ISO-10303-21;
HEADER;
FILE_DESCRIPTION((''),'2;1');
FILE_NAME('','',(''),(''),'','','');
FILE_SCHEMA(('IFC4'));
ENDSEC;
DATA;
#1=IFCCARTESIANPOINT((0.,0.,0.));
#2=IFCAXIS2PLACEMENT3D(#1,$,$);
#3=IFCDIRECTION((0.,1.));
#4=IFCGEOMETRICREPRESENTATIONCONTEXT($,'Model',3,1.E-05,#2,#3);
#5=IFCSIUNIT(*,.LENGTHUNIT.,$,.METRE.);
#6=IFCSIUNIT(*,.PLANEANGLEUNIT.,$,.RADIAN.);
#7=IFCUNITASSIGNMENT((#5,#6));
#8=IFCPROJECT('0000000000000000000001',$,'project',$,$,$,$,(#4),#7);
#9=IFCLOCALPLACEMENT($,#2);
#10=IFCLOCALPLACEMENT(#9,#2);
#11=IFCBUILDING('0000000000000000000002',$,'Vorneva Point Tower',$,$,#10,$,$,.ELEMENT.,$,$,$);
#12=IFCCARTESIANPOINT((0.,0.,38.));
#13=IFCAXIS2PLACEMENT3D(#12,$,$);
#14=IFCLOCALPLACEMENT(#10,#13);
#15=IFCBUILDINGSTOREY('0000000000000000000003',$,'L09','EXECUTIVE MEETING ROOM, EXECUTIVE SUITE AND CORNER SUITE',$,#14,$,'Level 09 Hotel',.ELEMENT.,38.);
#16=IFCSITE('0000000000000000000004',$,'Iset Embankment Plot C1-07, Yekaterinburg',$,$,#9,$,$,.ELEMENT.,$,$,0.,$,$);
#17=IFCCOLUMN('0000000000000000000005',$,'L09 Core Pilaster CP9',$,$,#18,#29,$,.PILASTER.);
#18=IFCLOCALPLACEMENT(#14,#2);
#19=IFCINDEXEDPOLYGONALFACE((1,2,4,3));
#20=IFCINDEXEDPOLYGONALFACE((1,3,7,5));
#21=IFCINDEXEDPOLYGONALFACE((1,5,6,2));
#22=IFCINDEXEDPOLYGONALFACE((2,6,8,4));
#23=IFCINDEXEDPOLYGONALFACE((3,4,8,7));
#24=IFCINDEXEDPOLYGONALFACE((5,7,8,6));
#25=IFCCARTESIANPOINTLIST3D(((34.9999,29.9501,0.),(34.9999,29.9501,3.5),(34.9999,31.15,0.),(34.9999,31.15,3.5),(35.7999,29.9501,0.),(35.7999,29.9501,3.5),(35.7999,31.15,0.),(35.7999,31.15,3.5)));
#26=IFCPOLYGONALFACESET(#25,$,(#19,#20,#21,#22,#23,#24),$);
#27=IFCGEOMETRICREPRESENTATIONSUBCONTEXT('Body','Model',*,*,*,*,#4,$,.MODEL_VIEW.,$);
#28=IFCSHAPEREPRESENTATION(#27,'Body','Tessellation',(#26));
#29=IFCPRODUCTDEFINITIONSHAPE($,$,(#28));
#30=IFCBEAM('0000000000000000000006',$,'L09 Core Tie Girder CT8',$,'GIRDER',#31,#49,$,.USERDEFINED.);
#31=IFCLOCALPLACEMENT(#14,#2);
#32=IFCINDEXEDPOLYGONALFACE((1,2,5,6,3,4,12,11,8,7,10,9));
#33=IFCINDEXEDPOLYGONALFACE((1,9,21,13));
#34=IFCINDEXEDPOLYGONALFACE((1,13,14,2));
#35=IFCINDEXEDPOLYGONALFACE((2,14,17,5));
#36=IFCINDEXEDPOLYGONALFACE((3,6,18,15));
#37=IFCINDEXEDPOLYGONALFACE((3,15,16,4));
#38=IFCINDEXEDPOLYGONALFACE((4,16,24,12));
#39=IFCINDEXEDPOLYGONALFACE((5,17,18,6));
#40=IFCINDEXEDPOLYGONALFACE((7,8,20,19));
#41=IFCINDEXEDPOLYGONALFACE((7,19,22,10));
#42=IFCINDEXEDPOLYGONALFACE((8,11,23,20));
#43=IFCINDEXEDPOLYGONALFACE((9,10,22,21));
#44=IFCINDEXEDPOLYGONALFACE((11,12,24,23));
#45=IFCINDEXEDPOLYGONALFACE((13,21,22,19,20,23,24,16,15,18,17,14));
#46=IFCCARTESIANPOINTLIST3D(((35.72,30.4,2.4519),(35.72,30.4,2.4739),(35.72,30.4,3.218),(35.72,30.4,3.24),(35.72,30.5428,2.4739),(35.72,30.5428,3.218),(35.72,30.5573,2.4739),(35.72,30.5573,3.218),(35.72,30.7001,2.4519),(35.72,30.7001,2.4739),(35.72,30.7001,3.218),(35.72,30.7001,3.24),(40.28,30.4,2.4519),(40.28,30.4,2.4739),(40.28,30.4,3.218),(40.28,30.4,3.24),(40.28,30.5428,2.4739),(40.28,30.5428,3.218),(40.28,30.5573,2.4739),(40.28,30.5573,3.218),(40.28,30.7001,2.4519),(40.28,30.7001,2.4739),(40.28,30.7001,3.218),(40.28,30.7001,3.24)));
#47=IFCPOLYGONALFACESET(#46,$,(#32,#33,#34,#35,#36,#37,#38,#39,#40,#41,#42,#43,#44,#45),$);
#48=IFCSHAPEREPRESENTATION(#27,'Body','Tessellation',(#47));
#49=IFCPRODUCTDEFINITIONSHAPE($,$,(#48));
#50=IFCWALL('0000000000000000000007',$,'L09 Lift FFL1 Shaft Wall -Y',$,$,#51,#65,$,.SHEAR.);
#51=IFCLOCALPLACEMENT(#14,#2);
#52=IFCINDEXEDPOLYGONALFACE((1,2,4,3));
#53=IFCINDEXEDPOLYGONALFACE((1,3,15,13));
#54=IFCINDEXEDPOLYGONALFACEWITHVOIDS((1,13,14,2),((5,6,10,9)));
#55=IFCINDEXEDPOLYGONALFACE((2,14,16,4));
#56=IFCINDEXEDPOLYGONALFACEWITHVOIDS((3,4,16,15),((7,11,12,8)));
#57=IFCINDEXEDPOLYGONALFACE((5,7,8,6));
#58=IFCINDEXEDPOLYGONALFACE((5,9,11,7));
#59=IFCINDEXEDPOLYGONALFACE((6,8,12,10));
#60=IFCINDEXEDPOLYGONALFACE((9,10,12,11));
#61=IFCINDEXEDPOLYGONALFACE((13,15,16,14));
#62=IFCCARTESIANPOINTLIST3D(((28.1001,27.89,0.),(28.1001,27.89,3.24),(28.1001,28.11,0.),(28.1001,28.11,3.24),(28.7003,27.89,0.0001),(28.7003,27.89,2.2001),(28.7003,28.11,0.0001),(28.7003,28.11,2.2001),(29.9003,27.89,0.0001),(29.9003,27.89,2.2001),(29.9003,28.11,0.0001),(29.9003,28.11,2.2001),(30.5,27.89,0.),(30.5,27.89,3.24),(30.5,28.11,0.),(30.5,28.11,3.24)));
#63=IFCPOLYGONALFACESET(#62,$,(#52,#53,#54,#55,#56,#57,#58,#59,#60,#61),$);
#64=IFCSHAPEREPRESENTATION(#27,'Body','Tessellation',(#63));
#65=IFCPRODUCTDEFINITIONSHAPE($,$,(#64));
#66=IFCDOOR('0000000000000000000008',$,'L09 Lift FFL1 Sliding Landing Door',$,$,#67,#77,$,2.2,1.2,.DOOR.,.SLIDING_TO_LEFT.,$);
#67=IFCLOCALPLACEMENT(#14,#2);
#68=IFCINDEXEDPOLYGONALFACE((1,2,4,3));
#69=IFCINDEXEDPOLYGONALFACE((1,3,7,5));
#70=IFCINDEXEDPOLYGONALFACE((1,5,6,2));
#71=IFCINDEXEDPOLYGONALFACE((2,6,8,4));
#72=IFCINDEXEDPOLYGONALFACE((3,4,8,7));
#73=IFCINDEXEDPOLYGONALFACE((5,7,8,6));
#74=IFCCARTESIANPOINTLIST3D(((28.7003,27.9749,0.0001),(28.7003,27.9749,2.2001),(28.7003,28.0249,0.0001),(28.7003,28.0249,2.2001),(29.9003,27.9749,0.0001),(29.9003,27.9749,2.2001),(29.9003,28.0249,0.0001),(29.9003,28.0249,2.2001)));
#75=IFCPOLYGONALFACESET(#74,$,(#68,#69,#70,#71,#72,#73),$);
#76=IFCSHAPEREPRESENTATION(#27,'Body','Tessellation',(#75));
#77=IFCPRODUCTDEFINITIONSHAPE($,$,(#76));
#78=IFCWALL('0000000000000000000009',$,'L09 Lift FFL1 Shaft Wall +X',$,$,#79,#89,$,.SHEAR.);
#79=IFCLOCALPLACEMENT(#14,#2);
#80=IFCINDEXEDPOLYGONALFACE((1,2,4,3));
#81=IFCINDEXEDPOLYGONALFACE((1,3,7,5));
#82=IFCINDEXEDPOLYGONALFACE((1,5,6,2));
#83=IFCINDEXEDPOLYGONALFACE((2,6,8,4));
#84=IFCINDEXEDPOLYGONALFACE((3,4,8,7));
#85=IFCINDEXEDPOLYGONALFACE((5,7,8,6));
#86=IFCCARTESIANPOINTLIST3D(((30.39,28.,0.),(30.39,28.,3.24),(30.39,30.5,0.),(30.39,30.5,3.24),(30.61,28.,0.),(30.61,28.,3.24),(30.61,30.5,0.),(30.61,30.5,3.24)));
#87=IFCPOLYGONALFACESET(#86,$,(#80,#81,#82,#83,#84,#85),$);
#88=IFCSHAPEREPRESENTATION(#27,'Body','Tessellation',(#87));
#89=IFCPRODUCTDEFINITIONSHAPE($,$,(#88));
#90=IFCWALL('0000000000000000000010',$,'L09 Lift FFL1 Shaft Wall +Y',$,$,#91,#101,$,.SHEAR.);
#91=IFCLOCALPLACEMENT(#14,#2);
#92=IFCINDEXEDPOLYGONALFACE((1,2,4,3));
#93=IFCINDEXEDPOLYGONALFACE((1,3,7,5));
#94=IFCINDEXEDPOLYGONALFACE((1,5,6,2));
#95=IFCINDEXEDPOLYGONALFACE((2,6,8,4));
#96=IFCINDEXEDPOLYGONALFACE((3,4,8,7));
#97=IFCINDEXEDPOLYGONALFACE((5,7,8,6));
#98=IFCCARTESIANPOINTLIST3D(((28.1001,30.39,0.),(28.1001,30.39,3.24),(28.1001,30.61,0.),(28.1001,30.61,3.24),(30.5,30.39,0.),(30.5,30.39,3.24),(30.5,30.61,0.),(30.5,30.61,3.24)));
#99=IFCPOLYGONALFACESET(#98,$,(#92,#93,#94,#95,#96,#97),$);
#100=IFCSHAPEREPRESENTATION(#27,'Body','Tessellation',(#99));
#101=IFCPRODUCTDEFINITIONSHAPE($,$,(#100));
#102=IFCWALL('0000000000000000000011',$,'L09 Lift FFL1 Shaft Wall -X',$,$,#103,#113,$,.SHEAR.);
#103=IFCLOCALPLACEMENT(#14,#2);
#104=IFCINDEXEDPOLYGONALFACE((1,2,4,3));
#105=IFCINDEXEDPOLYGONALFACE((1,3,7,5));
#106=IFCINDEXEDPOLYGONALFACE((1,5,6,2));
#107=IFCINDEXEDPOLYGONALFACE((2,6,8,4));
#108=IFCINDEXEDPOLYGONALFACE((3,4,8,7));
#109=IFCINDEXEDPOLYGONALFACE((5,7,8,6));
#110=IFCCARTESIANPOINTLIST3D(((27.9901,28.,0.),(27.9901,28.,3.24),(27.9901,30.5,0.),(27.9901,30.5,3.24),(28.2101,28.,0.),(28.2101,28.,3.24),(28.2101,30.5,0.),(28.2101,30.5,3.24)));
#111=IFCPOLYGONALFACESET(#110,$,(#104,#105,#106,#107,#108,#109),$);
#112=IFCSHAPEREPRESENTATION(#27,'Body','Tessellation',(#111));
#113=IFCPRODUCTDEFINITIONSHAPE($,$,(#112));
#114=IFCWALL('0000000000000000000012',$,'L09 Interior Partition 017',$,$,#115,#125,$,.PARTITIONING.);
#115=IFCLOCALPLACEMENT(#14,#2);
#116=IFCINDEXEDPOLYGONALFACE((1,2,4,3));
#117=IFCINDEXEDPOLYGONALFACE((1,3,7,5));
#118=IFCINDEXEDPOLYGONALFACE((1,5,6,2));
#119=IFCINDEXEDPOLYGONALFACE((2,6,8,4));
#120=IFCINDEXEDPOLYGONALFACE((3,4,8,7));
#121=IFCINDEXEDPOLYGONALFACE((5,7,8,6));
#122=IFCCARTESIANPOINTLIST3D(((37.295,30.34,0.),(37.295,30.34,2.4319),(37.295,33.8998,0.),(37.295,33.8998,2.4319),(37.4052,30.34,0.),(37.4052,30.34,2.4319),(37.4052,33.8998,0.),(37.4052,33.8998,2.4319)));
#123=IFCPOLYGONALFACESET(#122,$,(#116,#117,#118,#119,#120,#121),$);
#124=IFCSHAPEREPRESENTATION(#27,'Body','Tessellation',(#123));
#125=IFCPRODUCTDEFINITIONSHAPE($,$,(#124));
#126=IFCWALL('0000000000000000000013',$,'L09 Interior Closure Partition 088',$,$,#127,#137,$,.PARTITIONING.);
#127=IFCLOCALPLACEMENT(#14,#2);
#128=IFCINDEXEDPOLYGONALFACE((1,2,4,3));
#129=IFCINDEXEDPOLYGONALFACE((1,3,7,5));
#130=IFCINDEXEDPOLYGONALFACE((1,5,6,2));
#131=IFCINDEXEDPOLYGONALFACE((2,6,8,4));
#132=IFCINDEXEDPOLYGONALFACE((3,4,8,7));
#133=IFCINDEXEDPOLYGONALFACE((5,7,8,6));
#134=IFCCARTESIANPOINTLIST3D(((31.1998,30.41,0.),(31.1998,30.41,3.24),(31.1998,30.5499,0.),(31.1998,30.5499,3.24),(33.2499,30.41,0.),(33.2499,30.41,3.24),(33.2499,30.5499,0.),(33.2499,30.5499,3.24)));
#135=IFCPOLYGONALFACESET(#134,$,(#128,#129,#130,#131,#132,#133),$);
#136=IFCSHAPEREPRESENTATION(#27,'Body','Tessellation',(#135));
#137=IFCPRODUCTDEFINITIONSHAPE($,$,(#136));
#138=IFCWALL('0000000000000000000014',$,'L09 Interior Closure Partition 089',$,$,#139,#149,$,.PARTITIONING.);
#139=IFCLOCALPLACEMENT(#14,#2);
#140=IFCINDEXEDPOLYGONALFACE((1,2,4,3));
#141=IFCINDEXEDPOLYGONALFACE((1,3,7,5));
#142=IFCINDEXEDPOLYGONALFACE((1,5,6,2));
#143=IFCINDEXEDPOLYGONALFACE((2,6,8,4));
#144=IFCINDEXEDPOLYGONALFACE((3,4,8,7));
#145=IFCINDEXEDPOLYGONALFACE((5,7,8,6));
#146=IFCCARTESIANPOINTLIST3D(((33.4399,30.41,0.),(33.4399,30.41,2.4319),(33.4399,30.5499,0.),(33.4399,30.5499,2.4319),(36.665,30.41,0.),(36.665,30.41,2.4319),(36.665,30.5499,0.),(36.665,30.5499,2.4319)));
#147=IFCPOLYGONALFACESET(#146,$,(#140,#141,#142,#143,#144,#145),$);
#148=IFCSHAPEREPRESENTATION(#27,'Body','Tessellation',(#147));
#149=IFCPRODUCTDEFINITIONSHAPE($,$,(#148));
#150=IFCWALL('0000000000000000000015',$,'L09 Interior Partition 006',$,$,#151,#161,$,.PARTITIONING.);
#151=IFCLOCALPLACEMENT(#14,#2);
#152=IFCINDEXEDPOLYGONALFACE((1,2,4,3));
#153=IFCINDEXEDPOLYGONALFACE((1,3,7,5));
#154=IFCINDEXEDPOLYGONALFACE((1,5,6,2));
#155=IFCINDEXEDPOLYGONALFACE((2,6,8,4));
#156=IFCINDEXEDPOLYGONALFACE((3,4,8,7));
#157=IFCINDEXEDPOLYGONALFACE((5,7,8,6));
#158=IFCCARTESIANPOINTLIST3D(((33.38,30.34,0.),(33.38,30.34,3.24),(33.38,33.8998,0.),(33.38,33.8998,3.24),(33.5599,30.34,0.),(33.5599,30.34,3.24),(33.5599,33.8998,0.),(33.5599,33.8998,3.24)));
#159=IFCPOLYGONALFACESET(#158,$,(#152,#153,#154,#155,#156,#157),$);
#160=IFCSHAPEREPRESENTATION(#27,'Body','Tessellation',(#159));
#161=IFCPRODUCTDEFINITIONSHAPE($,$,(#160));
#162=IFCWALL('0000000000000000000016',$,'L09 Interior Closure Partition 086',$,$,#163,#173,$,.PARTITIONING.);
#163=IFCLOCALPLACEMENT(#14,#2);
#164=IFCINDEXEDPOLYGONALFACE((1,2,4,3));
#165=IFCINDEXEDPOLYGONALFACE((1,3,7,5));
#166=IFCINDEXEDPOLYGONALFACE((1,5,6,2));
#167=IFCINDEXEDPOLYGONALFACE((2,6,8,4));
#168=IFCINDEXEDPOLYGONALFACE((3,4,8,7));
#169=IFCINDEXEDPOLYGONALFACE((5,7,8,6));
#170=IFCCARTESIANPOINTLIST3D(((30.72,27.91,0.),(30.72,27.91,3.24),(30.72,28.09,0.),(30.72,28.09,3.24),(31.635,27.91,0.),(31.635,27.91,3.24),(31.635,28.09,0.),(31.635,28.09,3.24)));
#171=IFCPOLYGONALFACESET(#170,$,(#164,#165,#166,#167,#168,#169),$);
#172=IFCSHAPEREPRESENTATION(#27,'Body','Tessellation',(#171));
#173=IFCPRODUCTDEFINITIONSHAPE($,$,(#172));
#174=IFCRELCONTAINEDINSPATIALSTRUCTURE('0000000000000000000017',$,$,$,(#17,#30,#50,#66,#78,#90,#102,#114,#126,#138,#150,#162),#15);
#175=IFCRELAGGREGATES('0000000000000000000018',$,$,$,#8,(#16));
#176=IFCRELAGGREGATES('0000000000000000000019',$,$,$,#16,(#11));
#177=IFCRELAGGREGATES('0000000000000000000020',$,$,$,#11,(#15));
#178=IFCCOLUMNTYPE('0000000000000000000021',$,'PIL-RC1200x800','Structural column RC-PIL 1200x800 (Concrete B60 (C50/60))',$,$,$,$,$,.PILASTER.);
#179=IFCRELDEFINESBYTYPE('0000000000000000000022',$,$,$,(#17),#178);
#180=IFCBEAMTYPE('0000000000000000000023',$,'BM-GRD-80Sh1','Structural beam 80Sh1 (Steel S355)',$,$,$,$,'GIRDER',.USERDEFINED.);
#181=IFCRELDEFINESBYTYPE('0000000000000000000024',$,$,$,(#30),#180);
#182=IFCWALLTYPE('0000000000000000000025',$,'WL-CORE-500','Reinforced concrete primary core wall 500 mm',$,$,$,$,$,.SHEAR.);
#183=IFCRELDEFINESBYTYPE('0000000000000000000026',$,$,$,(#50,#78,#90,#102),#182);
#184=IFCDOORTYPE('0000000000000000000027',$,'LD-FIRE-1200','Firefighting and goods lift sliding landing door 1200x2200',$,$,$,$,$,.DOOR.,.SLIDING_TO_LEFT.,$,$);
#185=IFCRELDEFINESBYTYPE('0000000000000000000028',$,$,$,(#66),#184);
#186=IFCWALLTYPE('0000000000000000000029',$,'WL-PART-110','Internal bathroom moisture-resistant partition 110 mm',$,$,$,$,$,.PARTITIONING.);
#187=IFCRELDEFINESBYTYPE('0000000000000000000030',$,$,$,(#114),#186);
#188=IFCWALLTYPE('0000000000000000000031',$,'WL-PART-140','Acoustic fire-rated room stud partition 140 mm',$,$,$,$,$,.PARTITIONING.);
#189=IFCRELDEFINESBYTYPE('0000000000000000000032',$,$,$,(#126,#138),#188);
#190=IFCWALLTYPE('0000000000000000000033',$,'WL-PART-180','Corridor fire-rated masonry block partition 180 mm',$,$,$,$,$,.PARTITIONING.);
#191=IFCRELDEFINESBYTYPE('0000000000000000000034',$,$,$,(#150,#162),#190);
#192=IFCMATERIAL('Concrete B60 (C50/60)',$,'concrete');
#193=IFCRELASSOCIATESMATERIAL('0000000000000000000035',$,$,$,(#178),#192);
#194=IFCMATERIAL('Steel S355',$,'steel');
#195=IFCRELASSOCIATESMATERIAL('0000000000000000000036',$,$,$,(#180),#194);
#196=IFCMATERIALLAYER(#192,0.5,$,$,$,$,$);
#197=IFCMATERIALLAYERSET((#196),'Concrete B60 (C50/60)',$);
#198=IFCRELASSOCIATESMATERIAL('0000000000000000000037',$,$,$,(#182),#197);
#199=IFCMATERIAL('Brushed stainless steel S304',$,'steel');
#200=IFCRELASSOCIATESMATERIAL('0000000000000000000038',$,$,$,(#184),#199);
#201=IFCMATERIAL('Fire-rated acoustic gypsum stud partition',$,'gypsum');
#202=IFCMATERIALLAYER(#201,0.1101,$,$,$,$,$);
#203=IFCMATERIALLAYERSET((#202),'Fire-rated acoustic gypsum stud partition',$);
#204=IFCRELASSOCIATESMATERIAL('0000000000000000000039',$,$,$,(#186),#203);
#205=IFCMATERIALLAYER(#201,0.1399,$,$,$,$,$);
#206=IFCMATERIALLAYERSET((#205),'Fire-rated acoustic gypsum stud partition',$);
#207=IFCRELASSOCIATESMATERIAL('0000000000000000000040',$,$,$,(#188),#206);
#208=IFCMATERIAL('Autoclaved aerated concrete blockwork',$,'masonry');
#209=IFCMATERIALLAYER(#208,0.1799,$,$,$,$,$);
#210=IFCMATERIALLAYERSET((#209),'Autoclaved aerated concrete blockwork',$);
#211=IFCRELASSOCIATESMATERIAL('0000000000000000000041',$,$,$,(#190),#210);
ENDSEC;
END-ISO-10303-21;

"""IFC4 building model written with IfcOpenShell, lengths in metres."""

from ifc_helpers import new_model, si_unit, direction, frame, frame_2d, origin, origin_2d, place, context, subcontext, project, spatial, rectangle, i_section, extrude, material, layer, layer_set, material_profile, profile_set, type_object, element, fill, save


model = new_model("IFC4")

# Units and contexts
model_context = context("Model", 3, precision=1e-05, world=origin(), true_north=direction((0.0, 1.0)))
body_context = subcontext(model_context, "Body", "Model", "MODEL_VIEW")
ifc_project = project(units=[si_unit("LENGTHUNIT", "METRE"), si_unit("PLANEANGLEUNIT", "RADIAN")], contexts=[model_context])

# Site, building, storey
site_placement = place(None, origin())
site = spatial("IfcSite", under=ifc_project, at=site_placement, Name="Iset Embankment Plot C1-07, Yekaterinburg", CompositionType="ELEMENT", RefElevation=0.0)
building_placement = place(site_placement, origin())
building = spatial("IfcBuilding", under=site, at=building_placement, Name="Vorneva Point Tower", CompositionType="ELEMENT")
storey_placement = place(building_placement, frame((0.0, 0.0, 38.0)))
storey = spatial("IfcBuildingStorey", under=building, at=storey_placement, Name="L09", Description="EXECUTIVE MEETING ROOM, EXECUTIVE SUITE AND CORNER SUITE", LongName="Level 09 Hotel", CompositionType="ELEMENT", Elevation=38.0)

# Column
ifc_material_1 = material(Name="Concrete B60 (C50/60)", Category="concrete")
ifc_material_profile_1 = material_profile(ifc_material_1, rectangle(XDim=0.8, YDim=1.2, at=origin_2d()), Name="RC-PIL 1200x800")
ifc_profile_set_1 = profile_set([ifc_material_profile_1], Name="Concrete B60 (C50/60)")
column_type = type_object("IfcColumnType", Name="PIL-RC1200x800", Description="Structural column RC-PIL 1200x800 (Concrete B60 (C50/60))", PredefinedType="PILASTER", material=ifc_profile_set_1)
column_placement = place(storey_placement, frame((35.3999, 30.55, 0.0), z_axis=(0.0, 0.0, 1.0), x_axis=(1.0, 0.0, 0.0)))
element("IfcColumn", 1, at=column_placement, inside=storey, type_object=column_type, Name="L09 Core Pilaster CP9", PredefinedType="PILASTER", context=body_context, shape_type="SweptSolid", body=[
    extrude(rectangle(XDim=0.8, YDim=1.2, at=origin_2d()), origin(), (0.0, 0.0, 1.0), 3.5),
])

# Beam
ifc_material_2 = material(Name="Steel S355", Category="steel")
ifc_material_profile_2 = material_profile(ifc_material_2, i_section(OverallWidth=0.3, OverallDepth=0.7881, WebThickness=0.0144, FlangeThickness=0.022, at=origin_2d()), Name="80Sh1")
ifc_profile_set_2 = profile_set([ifc_material_profile_2], Name="Steel S355")
beam_type = type_object("IfcBeamType", Name="BM-GRD-80Sh1", Description="Structural beam 80Sh1 (Steel S355)", ElementType="GIRDER", PredefinedType="USERDEFINED", material=ifc_profile_set_2)
beam_placement = place(storey_placement, frame((35.72, 30.55, 2.8459), z_axis=(1.0, 0.0, 0.0), x_axis=(0.0, 1.0, 0.0)))
element("IfcBeam", 2, at=beam_placement, inside=storey, type_object=beam_type, Name="L09 Core Tie Girder CT8", ObjectType="GIRDER", PredefinedType="USERDEFINED", context=body_context, shape_type="SweptSolid", body=[
    extrude(i_section(OverallWidth=0.3, OverallDepth=0.7881, WebThickness=0.0144, FlangeThickness=0.022, at=origin_2d()), origin(), (0.0, 0.0, 1.0), 4.5601),
])

# Wall, opening, door
ifc_layer_1 = layer(ifc_material_1, 0.5)
ifc_layer_set_1 = layer_set([ifc_layer_1], Name="Concrete B60 (C50/60)")
wall_type_1 = type_object("IfcWallType", Name="WL-CORE-500", Description="Reinforced concrete primary core wall 500 mm", PredefinedType="SHEAR", material=ifc_layer_set_1)
wall_1_placement = place(storey_placement, frame((28.1001, 28.0, 0.0), z_axis=(0.0, 0.0, 1.0), x_axis=(1.0, 0.0, 0.0)))
wall_1 = element("IfcWall", 3, at=wall_1_placement, inside=storey, type_object=wall_type_1, Name="L09 Lift FFL1 Shaft Wall -Y", PredefinedType="SHEAR", context=body_context, shape_type="SweptSolid", body=[
    extrude(rectangle(XDim=2.3999, YDim=0.22, at=frame_2d((1.2, 0.0))), origin(), (0.0, 0.0, 1.0), 3.24),
])
opening_1_placement = place(wall_1_placement, frame((0.6001, 0.0, 0.0)))
opening_1 = element("IfcOpeningElement", 4, at=opening_1_placement, cuts=wall_1, PredefinedType="OPENING", context=body_context, shape_type="SweptSolid", body=[
    extrude(rectangle(XDim=1.2, YDim=2.2, at=frame_2d((0.6001, 1.1001))), frame((0.0, 0.125, 0.0), z_axis=(0.0, -1.0, 0.0), x_axis=(1.0, 0.0, 0.0)), (0.0, 0.0, 1.0), 0.2498),
])
ifc_material_3 = material(Name="Brushed stainless steel S304", Category="steel")
door_type_1 = type_object("IfcDoorType", Name="LD-FIRE-1200", Description="Firefighting and goods lift sliding landing door 1200x2200", OperationType="SLIDING_TO_LEFT", PredefinedType="DOOR", material=ifc_material_3)
door_1_placement = place(opening_1_placement, origin())
door_1 = element("IfcDoor", 5, at=door_1_placement, inside=storey, type_object=door_type_1, Name="L09 Lift FFL1 Sliding Landing Door", OperationType="SLIDING_TO_LEFT", OverallHeight=2.2, OverallWidth=1.2, PredefinedType="DOOR", context=body_context, shape_type="SweptSolid", body=[
    extrude(rectangle(XDim=1.2, YDim=2.2, at=frame_2d((0.6001, 1.1001))), frame((0.0, 0.0249, 0.0), z_axis=(0.0, -1.0, 0.0), x_axis=(1.0, 0.0, 0.0)), (0.0, 0.0, 1.0), 0.05),
])
fill(opening_1, door_1)

# Walls
wall_2_placement = place(storey_placement, frame((30.5, 28.0, 0.0), z_axis=(0.0, 0.0, 1.0), x_axis=(0.0, 1.0, 0.0)))
element("IfcWall", 6, at=wall_2_placement, inside=storey, type_object=wall_type_1, Name="L09 Lift FFL1 Shaft Wall +X", PredefinedType="SHEAR", context=body_context, shape_type="SweptSolid", body=[
    extrude(rectangle(XDim=2.5, YDim=0.22, at=frame_2d((1.25, 0.0))), origin(), (0.0, 0.0, 1.0), 3.24),
])
wall_3_placement = place(storey_placement, frame((30.5, 30.5, 0.0), z_axis=(0.0, 0.0, 1.0), x_axis=(-1.0, 0.0, 0.0)))
element("IfcWall", 7, at=wall_3_placement, inside=storey, type_object=wall_type_1, Name="L09 Lift FFL1 Shaft Wall +Y", PredefinedType="SHEAR", context=body_context, shape_type="SweptSolid", body=[
    extrude(rectangle(XDim=2.3999, YDim=0.22, at=frame_2d((1.2, 0.0))), origin(), (0.0, 0.0, 1.0), 3.24),
])
wall_4_placement = place(storey_placement, frame((28.1001, 30.5, 0.0), z_axis=(0.0, 0.0, 1.0), x_axis=(0.0, -1.0, 0.0)))
element("IfcWall", 8, at=wall_4_placement, inside=storey, type_object=wall_type_1, Name="L09 Lift FFL1 Shaft Wall -X", PredefinedType="SHEAR", context=body_context, shape_type="SweptSolid", body=[
    extrude(rectangle(XDim=2.5, YDim=0.22, at=frame_2d((1.25, 0.0))), origin(), (0.0, 0.0, 1.0), 3.24),
])
ifc_material_4 = material(Name="Fire-rated acoustic gypsum stud partition", Category="gypsum")
ifc_layer_2 = layer(ifc_material_4, 0.1101)
ifc_layer_set_2 = layer_set([ifc_layer_2], Name="Fire-rated acoustic gypsum stud partition")
wall_type_2 = type_object("IfcWallType", Name="WL-PART-110", Description="Internal bathroom moisture-resistant partition 110 mm", PredefinedType="PARTITIONING", material=ifc_layer_set_2)
wall_5_placement = place(storey_placement, frame((37.3501, 30.3401, 0.0), z_axis=(0.0, 0.0, 1.0), x_axis=(0.0, 1.0, 0.0)))
element("IfcWall", 9, at=wall_5_placement, inside=storey, type_object=wall_type_2, Name="L09 Interior Partition 017", PredefinedType="PARTITIONING", context=body_context, shape_type="SweptSolid", body=[
    extrude(rectangle(XDim=3.5598, YDim=0.1101, at=frame_2d((1.7798, 0.0))), origin(), (0.0, 0.0, 1.0), 2.4319),
])
ifc_layer_3 = layer(ifc_material_4, 0.1399)
ifc_layer_set_3 = layer_set([ifc_layer_3], Name="Fire-rated acoustic gypsum stud partition")
wall_type_3 = type_object("IfcWallType", Name="WL-PART-140", Description="Acoustic fire-rated room stud partition 140 mm", PredefinedType="PARTITIONING", material=ifc_layer_set_3)
wall_6_placement = place(storey_placement, frame((31.2, 30.48, 0.0), z_axis=(0.0, 0.0, 1.0), x_axis=(1.0, 0.0, 0.0)))
element("IfcWall", 10, at=wall_6_placement, inside=storey, type_object=wall_type_3, Name="L09 Interior Closure Partition 088", PredefinedType="PARTITIONING", context=body_context, shape_type="SweptSolid", body=[
    extrude(rectangle(XDim=2.05, YDim=0.1399, at=frame_2d((1.0249, 0.0))), origin(), (0.0, 0.0, 1.0), 3.24),
])
wall_7_placement = place(storey_placement, frame((33.4399, 30.48, 0.0), z_axis=(0.0, 0.0, 1.0), x_axis=(1.0, 0.0, 0.0)))
element("IfcWall", 11, at=wall_7_placement, inside=storey, type_object=wall_type_3, Name="L09 Interior Closure Partition 089", PredefinedType="PARTITIONING", context=body_context, shape_type="SweptSolid", body=[
    extrude(rectangle(XDim=3.2251, YDim=0.1399, at=frame_2d((1.6125, 0.0))), origin(), (0.0, 0.0, 1.0), 2.4319),
])
ifc_material_5 = material(Name="Autoclaved aerated concrete blockwork", Category="masonry")
ifc_layer_4 = layer(ifc_material_5, 0.1799)
ifc_layer_set_4 = layer_set([ifc_layer_4], Name="Autoclaved aerated concrete blockwork")
wall_type_4 = type_object("IfcWallType", Name="WL-PART-180", Description="Corridor fire-rated masonry block partition 180 mm", PredefinedType="PARTITIONING", material=ifc_layer_set_4)
wall_8_placement = place(storey_placement, frame((33.47, 30.3401, 0.0), z_axis=(0.0, 0.0, 1.0), x_axis=(0.0, 1.0, 0.0)))
element("IfcWall", 12, at=wall_8_placement, inside=storey, type_object=wall_type_4, Name="L09 Interior Partition 006", PredefinedType="PARTITIONING", context=body_context, shape_type="SweptSolid", body=[
    extrude(rectangle(XDim=3.5598, YDim=0.1799, at=frame_2d((1.7798, 0.0))), origin(), (0.0, 0.0, 1.0), 3.24),
])
wall_9_placement = place(storey_placement, frame((31.635, 28.0, 0.0), z_axis=(0.0, 0.0, 1.0), x_axis=(-1.0, 0.0, 0.0)))
element("IfcWall", 13, at=wall_9_placement, inside=storey, type_object=wall_type_4, Name="L09 Interior Closure Partition 086", PredefinedType="PARTITIONING", context=body_context, shape_type="SweptSolid", body=[
    extrude(rectangle(XDim=0.915, YDim=0.1799, at=frame_2d((0.4575, 0.0))), origin(), (0.0, 0.0, 1.0), 3.24),
])

save(model, "model.ifc")
